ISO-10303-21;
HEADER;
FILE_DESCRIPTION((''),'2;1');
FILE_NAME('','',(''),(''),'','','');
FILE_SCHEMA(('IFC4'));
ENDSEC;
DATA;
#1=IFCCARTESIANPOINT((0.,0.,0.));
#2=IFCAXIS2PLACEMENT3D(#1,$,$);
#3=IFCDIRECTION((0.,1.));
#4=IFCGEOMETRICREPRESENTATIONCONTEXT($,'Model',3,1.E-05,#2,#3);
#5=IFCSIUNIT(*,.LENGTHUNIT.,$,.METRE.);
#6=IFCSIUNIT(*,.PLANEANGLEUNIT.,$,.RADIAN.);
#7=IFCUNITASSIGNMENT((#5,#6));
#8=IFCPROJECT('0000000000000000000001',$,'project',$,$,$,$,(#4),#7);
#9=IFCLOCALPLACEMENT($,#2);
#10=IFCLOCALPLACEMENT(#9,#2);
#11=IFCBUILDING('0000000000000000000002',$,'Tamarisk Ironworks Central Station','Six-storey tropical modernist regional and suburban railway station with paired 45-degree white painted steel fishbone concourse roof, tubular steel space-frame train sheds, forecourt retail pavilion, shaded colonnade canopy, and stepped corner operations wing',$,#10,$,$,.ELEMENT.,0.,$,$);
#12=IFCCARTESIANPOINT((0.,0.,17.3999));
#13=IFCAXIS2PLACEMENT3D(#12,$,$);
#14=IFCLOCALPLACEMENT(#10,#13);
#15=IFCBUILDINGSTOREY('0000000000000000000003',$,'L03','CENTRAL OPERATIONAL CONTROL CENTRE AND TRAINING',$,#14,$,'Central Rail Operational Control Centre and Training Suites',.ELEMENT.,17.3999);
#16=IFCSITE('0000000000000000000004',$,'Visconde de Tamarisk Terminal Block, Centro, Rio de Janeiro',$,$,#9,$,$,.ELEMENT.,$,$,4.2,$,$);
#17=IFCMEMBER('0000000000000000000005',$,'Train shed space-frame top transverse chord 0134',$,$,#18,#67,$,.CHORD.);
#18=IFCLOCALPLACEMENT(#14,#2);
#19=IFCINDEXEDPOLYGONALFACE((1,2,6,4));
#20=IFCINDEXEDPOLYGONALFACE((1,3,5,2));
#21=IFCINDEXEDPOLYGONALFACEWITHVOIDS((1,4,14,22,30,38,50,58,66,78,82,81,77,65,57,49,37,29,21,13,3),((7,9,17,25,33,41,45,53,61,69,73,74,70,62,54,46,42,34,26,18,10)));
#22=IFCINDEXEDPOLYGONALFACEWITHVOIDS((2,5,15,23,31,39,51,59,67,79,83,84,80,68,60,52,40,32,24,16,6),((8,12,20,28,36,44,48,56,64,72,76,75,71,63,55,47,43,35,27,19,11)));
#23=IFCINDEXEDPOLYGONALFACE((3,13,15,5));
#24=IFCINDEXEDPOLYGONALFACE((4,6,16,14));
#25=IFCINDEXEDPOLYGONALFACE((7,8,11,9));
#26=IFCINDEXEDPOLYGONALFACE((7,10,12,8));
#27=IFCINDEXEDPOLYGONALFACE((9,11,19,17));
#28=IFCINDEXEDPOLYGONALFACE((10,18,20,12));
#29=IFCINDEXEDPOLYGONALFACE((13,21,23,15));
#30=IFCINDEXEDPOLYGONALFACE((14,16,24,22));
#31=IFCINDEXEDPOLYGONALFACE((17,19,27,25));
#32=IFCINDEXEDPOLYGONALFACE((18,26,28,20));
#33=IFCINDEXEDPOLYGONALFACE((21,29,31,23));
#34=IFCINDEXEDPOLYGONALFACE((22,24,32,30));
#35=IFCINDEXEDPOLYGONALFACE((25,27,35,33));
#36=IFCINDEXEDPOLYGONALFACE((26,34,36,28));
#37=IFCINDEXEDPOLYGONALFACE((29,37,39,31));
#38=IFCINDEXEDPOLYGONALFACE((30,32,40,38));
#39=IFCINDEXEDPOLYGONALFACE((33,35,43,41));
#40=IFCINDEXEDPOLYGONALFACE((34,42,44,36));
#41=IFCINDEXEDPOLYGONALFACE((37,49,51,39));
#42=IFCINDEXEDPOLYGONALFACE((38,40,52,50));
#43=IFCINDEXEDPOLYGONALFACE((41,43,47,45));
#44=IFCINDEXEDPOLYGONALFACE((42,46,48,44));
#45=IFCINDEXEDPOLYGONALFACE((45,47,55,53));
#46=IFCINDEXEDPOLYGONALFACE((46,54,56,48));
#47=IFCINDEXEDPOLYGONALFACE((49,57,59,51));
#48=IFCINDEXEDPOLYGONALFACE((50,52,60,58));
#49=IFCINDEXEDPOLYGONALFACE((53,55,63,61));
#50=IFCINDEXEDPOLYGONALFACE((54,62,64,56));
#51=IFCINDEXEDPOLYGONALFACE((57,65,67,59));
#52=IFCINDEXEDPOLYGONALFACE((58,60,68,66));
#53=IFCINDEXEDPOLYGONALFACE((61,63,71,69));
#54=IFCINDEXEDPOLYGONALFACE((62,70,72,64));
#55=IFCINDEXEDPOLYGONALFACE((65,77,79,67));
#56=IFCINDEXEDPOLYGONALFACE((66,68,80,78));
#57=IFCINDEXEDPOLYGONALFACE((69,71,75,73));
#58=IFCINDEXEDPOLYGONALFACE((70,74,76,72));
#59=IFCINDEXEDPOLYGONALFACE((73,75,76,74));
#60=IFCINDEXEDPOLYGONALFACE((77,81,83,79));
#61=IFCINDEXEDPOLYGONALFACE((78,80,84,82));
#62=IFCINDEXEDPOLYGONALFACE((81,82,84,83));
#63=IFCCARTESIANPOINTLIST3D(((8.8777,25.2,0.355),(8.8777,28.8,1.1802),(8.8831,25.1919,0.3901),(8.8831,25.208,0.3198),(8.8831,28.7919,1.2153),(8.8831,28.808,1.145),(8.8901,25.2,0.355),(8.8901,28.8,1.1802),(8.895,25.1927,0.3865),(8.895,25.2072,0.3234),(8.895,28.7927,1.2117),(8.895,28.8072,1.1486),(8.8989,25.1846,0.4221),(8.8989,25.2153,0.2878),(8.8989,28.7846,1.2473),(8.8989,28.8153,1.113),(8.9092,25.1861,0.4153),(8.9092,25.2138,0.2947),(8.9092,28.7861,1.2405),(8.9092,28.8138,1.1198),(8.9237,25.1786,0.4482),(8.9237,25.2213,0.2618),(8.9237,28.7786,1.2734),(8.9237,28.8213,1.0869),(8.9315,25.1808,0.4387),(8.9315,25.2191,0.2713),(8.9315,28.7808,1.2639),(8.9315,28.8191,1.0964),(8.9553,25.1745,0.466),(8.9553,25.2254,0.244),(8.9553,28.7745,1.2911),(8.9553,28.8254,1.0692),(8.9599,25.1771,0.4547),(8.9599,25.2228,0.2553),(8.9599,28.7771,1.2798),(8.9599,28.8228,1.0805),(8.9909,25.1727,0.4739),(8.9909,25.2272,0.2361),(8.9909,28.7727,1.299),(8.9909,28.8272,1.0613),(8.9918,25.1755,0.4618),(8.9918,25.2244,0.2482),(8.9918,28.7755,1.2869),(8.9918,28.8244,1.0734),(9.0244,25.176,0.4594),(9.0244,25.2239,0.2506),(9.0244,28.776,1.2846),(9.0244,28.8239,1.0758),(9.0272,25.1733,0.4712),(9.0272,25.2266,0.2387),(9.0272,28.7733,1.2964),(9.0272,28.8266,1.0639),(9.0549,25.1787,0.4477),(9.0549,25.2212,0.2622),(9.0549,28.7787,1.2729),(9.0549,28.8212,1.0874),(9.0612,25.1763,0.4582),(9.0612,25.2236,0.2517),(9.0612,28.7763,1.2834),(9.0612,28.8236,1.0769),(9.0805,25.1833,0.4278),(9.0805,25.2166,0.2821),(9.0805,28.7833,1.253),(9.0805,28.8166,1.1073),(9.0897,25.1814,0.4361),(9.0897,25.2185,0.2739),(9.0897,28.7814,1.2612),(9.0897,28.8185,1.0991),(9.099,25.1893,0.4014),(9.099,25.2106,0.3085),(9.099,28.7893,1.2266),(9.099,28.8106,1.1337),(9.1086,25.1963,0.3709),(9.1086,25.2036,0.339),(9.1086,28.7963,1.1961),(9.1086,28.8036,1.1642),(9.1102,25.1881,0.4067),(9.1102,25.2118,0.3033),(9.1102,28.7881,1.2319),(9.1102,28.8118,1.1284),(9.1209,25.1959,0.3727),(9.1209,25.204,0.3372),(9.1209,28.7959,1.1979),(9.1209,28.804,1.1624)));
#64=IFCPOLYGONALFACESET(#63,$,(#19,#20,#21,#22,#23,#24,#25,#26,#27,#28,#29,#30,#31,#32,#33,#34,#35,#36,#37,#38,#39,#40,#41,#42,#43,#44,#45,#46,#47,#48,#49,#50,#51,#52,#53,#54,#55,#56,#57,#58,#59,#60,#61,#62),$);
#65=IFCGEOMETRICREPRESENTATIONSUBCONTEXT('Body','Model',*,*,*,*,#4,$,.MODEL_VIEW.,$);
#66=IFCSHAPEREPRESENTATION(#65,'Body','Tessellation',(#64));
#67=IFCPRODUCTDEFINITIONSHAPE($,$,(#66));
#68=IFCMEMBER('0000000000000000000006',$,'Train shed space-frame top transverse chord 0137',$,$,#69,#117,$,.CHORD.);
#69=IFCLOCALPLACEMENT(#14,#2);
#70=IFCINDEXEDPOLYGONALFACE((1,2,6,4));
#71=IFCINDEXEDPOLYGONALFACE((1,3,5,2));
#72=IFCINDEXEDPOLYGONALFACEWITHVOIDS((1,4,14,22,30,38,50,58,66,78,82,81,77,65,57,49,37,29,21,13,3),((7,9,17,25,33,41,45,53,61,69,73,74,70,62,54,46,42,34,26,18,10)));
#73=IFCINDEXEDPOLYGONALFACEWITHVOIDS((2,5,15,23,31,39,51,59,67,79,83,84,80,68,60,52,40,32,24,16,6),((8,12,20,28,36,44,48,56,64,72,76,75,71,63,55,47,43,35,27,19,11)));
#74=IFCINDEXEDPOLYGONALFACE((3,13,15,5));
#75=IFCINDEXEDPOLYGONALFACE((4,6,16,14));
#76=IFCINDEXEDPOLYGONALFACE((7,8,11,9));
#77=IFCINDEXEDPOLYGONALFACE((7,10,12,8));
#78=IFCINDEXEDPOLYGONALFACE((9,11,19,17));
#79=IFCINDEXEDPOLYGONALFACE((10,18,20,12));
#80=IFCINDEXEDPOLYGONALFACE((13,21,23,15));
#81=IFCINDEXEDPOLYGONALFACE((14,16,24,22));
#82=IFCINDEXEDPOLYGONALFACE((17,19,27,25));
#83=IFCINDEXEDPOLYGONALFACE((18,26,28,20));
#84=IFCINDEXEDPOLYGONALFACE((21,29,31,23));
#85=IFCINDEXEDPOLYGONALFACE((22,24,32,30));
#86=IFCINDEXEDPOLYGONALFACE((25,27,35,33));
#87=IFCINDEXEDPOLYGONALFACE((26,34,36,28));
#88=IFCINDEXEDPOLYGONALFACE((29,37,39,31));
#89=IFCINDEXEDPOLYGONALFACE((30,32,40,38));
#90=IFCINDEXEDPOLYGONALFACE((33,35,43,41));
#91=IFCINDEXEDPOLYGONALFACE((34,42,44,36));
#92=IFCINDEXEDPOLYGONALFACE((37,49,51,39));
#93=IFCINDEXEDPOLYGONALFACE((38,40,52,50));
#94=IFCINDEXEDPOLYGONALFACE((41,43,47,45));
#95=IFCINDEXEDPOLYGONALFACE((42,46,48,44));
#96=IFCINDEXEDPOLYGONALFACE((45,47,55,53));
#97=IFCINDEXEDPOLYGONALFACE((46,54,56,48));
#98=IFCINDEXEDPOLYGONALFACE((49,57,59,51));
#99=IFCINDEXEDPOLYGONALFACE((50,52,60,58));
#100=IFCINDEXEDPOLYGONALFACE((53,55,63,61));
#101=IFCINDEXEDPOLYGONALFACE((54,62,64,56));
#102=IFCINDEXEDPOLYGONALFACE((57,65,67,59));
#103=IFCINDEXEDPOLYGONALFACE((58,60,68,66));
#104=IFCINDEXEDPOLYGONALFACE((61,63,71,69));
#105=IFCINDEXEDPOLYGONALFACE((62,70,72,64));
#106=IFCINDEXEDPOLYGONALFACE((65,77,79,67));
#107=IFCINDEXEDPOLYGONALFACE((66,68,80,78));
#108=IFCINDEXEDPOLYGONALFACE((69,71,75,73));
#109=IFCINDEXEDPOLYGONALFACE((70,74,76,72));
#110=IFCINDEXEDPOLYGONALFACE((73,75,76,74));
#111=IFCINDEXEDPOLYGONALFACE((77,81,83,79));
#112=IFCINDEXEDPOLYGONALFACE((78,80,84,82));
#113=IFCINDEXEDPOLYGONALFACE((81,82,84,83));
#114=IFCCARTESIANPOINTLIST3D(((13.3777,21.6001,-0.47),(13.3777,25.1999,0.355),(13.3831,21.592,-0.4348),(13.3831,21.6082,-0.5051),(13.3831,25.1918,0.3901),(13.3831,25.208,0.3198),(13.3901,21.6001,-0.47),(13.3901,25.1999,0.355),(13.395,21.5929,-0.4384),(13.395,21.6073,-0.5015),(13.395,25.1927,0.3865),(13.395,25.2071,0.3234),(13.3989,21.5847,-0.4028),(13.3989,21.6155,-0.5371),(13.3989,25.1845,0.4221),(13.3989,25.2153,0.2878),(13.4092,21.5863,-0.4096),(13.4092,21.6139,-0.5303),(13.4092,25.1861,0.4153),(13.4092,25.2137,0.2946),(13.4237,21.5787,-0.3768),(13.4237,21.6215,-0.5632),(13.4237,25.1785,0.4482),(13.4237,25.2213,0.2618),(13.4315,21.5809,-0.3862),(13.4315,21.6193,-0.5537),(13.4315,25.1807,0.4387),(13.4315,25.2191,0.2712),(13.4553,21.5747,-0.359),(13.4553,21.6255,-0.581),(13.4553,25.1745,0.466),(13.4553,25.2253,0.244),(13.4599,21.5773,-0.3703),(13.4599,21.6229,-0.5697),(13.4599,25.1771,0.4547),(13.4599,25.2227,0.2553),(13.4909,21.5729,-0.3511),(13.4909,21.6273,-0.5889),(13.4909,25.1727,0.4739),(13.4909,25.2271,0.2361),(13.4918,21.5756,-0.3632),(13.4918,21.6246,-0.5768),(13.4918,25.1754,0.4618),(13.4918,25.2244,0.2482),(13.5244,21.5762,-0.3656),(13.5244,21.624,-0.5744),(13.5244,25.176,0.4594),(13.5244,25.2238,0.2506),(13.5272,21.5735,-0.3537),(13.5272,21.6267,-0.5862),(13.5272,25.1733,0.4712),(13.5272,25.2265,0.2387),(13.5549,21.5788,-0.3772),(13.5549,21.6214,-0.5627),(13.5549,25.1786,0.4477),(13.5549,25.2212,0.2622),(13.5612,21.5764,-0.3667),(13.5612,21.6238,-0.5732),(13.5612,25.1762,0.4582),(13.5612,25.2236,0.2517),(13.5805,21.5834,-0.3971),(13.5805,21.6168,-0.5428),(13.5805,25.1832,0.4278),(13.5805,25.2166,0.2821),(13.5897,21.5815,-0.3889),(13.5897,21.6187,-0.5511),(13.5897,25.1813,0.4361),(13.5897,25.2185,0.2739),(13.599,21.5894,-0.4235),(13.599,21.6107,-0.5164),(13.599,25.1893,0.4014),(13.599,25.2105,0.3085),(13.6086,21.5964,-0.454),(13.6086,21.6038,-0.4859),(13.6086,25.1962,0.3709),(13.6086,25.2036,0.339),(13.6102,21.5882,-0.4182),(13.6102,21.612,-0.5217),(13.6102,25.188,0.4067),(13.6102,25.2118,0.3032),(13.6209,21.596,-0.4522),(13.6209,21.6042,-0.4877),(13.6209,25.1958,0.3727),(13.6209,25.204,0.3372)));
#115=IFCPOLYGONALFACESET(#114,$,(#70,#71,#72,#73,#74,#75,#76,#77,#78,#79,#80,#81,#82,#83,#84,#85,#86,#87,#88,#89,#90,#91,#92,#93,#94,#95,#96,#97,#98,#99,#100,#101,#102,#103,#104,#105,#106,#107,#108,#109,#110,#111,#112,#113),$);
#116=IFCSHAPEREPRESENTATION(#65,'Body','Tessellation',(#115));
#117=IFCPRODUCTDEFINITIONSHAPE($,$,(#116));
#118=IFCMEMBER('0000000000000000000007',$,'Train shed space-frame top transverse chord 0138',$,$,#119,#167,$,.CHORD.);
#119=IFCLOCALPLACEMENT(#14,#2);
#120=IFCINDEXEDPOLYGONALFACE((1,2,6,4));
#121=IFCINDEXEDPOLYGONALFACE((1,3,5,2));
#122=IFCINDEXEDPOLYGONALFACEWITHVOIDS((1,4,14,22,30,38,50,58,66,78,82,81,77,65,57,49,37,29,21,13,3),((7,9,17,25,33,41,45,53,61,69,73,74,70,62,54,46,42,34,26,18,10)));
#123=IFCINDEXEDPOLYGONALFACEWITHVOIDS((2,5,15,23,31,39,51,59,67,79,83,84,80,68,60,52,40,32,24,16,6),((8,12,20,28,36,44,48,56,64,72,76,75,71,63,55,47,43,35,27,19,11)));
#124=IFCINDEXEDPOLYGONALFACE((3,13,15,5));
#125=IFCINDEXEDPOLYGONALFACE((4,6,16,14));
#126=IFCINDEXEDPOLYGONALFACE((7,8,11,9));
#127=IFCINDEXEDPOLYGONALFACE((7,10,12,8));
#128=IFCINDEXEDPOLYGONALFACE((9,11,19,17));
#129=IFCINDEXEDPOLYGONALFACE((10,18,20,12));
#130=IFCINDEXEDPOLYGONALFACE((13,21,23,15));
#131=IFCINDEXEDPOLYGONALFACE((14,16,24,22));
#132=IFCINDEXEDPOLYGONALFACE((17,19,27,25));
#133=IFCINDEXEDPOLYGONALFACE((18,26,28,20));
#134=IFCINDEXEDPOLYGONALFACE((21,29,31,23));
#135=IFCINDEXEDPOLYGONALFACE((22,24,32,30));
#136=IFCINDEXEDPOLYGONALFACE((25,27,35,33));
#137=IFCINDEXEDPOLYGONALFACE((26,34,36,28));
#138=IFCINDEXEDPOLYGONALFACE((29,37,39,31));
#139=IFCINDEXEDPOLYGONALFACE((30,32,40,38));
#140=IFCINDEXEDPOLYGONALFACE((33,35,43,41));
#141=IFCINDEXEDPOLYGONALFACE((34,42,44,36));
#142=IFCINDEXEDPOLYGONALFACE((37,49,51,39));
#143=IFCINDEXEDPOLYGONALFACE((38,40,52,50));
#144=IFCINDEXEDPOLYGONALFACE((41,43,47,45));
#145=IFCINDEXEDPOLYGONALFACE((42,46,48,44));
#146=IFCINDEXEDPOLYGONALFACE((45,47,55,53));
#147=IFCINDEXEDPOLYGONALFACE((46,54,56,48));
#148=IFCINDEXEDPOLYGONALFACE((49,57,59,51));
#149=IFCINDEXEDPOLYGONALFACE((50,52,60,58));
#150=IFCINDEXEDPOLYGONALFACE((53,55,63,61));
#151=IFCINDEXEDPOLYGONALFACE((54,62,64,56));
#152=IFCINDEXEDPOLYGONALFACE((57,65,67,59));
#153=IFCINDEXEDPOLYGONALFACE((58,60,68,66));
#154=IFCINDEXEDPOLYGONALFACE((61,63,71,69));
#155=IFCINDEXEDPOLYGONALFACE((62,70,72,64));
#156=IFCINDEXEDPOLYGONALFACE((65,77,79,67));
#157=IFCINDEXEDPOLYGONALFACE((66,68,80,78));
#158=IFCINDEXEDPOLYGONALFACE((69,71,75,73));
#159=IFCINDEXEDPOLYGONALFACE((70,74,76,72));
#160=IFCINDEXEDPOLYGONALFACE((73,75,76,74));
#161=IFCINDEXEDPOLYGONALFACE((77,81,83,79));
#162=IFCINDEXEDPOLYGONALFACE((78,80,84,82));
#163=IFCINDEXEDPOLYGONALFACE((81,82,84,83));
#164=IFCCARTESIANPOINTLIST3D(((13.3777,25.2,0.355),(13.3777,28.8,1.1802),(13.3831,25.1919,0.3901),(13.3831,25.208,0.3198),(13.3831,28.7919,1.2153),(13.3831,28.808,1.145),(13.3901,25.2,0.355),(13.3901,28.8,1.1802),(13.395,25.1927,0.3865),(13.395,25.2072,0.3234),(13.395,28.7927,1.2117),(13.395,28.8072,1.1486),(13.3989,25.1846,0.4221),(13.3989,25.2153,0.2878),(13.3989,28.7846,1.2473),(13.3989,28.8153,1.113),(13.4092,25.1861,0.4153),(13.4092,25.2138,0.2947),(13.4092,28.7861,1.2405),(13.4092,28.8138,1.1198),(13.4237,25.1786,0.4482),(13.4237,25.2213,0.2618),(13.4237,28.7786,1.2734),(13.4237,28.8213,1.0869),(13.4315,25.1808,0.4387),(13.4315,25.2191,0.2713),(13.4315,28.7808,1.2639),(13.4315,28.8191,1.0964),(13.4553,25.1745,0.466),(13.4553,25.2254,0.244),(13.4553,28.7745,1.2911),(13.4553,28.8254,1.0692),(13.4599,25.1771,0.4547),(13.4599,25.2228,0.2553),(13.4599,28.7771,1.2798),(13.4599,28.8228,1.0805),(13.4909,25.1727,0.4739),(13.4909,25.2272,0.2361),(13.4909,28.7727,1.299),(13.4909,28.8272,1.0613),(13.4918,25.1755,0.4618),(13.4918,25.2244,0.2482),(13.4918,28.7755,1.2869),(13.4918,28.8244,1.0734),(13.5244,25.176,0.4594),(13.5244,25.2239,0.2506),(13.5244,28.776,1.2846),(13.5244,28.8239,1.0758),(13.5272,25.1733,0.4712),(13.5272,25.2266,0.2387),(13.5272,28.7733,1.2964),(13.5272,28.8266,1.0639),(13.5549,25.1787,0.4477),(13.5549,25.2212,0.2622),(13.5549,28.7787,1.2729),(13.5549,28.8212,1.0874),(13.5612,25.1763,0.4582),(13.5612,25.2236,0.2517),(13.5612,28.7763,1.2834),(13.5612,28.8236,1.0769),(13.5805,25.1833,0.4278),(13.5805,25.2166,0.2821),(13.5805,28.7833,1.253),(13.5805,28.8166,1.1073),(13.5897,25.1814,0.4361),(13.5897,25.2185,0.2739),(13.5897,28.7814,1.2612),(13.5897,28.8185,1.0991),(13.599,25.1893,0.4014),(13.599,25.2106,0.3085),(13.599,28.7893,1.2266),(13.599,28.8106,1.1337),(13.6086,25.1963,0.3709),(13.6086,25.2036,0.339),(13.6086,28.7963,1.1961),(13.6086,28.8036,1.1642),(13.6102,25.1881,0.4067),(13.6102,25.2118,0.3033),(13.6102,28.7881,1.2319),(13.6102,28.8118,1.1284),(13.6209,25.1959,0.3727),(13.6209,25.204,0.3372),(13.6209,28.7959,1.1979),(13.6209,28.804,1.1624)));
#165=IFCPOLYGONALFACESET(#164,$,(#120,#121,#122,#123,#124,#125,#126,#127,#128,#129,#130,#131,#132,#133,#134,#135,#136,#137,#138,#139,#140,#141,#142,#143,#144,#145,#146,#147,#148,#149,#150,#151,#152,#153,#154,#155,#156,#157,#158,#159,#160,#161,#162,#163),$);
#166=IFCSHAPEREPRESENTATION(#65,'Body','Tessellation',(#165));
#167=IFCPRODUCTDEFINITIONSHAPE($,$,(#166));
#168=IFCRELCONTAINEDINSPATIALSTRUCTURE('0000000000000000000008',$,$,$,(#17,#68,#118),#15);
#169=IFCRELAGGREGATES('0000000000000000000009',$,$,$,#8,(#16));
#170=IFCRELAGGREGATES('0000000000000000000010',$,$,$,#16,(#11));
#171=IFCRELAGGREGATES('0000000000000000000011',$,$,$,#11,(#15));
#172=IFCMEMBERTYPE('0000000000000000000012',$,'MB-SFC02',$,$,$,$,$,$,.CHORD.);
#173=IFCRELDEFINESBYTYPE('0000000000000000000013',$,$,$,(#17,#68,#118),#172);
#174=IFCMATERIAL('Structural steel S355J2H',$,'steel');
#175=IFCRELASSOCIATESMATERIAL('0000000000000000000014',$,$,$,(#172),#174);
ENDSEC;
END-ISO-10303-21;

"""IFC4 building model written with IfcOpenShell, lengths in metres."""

from ifc_helpers import new_model, si_unit, direction, frame, origin, origin_2d, place, context, subcontext, project, spatial, hollow_circle, extrude, material, material_profile, profile_set, type_object, element, save


model = new_model("IFC4")

# Units and contexts
model_context = context("Model", 3, precision=1e-05, world=origin(), true_north=direction((0.0, 1.0)))
body_context = subcontext(model_context, "Body", "Model", "MODEL_VIEW")
ifc_project = project(units=[si_unit("LENGTHUNIT", "METRE"), si_unit("PLANEANGLEUNIT", "RADIAN")], contexts=[model_context])

# Site, building, storey
site_placement = place(None, origin())
site = spatial("IfcSite", under=ifc_project, at=site_placement, Name="Visconde de Tamarisk Terminal Block, Centro, Rio de Janeiro", CompositionType="ELEMENT", RefElevation=4.2)
building_placement = place(site_placement, origin())
building = spatial("IfcBuilding", under=site, at=building_placement, Name="Tamarisk Ironworks Central Station", Description="Six-storey tropical modernist regional and suburban railway station with paired 45-degree white painted steel fishbone concourse roof, tubular steel space-frame train sheds, forecourt retail pavilion, shaded colonnade canopy, and stepped corner operations wing", CompositionType="ELEMENT", ElevationOfRefHeight=0.0)
storey_placement = place(building_placement, frame((0.0, 0.0, 17.3999)))
storey = spatial("IfcBuildingStorey", under=building, at=storey_placement, Name="L03", Description="CENTRAL OPERATIONAL CONTROL CENTRE AND TRAINING", LongName="Central Rail Operational Control Centre and Training Suites", CompositionType="ELEMENT", Elevation=17.3999)

# Members
ifc_material_1 = material(Name="Structural steel S355J2H", Category="steel")
ifc_material_profile_1 = material_profile(ifc_material_1, hollow_circle(Radius=0.1223, WallThickness=0.0125, at=origin_2d()), Name="CHS 244.5x12.5")
ifc_profile_set_1 = profile_set([ifc_material_profile_1], Name="Structural steel S355J2H")
member_type_1 = type_object("IfcMemberType", Name="MB-SFC02", PredefinedType="CHORD", material=ifc_profile_set_1)
member_1_placement = place(storey_placement, frame((9.0, 25.2, 0.355), z_axis=(0.0, 0.974722, 0.223421), x_axis=(-1.0, 0.0, 0.0)))
element("IfcMember", 1, at=member_1_placement, inside=storey, type_object=member_type_1, Name="Train shed space-frame top transverse chord 0134", PredefinedType="CHORD", context=body_context, shape_type="SweptSolid", body=[
    extrude(hollow_circle(Radius=0.1223, WallThickness=0.0125, at=origin_2d()), origin(), (0.0, 0.0, 1.0), 3.6934),
])
member_2_placement = place(storey_placement, frame((13.5, 21.6001, -0.47), z_axis=(0.0, 0.974733, 0.223372), x_axis=(-1.0, 0.0, 0.0)))
element("IfcMember", 2, at=member_2_placement, inside=storey, type_object=member_type_1, Name="Train shed space-frame top transverse chord 0137", PredefinedType="CHORD", context=body_context, shape_type="SweptSolid", body=[
    extrude(hollow_circle(Radius=0.1223, WallThickness=0.0125, at=origin_2d()), origin(), (0.0, 0.0, 1.0), 3.6931),
])
member_3_placement = place(storey_placement, frame((13.5, 25.2, 0.355), z_axis=(0.0, 0.974722, 0.223421), x_axis=(-1.0, 0.0, 0.0)))
element("IfcMember", 3, at=member_3_placement, inside=storey, type_object=member_type_1, Name="Train shed space-frame top transverse chord 0138", PredefinedType="CHORD", context=body_context, shape_type="SweptSolid", body=[
    extrude(hollow_circle(Radius=0.1223, WallThickness=0.0125, at=origin_2d()), origin(), (0.0, 0.0, 1.0), 3.6934),
])

save(model, "model.ifc")
